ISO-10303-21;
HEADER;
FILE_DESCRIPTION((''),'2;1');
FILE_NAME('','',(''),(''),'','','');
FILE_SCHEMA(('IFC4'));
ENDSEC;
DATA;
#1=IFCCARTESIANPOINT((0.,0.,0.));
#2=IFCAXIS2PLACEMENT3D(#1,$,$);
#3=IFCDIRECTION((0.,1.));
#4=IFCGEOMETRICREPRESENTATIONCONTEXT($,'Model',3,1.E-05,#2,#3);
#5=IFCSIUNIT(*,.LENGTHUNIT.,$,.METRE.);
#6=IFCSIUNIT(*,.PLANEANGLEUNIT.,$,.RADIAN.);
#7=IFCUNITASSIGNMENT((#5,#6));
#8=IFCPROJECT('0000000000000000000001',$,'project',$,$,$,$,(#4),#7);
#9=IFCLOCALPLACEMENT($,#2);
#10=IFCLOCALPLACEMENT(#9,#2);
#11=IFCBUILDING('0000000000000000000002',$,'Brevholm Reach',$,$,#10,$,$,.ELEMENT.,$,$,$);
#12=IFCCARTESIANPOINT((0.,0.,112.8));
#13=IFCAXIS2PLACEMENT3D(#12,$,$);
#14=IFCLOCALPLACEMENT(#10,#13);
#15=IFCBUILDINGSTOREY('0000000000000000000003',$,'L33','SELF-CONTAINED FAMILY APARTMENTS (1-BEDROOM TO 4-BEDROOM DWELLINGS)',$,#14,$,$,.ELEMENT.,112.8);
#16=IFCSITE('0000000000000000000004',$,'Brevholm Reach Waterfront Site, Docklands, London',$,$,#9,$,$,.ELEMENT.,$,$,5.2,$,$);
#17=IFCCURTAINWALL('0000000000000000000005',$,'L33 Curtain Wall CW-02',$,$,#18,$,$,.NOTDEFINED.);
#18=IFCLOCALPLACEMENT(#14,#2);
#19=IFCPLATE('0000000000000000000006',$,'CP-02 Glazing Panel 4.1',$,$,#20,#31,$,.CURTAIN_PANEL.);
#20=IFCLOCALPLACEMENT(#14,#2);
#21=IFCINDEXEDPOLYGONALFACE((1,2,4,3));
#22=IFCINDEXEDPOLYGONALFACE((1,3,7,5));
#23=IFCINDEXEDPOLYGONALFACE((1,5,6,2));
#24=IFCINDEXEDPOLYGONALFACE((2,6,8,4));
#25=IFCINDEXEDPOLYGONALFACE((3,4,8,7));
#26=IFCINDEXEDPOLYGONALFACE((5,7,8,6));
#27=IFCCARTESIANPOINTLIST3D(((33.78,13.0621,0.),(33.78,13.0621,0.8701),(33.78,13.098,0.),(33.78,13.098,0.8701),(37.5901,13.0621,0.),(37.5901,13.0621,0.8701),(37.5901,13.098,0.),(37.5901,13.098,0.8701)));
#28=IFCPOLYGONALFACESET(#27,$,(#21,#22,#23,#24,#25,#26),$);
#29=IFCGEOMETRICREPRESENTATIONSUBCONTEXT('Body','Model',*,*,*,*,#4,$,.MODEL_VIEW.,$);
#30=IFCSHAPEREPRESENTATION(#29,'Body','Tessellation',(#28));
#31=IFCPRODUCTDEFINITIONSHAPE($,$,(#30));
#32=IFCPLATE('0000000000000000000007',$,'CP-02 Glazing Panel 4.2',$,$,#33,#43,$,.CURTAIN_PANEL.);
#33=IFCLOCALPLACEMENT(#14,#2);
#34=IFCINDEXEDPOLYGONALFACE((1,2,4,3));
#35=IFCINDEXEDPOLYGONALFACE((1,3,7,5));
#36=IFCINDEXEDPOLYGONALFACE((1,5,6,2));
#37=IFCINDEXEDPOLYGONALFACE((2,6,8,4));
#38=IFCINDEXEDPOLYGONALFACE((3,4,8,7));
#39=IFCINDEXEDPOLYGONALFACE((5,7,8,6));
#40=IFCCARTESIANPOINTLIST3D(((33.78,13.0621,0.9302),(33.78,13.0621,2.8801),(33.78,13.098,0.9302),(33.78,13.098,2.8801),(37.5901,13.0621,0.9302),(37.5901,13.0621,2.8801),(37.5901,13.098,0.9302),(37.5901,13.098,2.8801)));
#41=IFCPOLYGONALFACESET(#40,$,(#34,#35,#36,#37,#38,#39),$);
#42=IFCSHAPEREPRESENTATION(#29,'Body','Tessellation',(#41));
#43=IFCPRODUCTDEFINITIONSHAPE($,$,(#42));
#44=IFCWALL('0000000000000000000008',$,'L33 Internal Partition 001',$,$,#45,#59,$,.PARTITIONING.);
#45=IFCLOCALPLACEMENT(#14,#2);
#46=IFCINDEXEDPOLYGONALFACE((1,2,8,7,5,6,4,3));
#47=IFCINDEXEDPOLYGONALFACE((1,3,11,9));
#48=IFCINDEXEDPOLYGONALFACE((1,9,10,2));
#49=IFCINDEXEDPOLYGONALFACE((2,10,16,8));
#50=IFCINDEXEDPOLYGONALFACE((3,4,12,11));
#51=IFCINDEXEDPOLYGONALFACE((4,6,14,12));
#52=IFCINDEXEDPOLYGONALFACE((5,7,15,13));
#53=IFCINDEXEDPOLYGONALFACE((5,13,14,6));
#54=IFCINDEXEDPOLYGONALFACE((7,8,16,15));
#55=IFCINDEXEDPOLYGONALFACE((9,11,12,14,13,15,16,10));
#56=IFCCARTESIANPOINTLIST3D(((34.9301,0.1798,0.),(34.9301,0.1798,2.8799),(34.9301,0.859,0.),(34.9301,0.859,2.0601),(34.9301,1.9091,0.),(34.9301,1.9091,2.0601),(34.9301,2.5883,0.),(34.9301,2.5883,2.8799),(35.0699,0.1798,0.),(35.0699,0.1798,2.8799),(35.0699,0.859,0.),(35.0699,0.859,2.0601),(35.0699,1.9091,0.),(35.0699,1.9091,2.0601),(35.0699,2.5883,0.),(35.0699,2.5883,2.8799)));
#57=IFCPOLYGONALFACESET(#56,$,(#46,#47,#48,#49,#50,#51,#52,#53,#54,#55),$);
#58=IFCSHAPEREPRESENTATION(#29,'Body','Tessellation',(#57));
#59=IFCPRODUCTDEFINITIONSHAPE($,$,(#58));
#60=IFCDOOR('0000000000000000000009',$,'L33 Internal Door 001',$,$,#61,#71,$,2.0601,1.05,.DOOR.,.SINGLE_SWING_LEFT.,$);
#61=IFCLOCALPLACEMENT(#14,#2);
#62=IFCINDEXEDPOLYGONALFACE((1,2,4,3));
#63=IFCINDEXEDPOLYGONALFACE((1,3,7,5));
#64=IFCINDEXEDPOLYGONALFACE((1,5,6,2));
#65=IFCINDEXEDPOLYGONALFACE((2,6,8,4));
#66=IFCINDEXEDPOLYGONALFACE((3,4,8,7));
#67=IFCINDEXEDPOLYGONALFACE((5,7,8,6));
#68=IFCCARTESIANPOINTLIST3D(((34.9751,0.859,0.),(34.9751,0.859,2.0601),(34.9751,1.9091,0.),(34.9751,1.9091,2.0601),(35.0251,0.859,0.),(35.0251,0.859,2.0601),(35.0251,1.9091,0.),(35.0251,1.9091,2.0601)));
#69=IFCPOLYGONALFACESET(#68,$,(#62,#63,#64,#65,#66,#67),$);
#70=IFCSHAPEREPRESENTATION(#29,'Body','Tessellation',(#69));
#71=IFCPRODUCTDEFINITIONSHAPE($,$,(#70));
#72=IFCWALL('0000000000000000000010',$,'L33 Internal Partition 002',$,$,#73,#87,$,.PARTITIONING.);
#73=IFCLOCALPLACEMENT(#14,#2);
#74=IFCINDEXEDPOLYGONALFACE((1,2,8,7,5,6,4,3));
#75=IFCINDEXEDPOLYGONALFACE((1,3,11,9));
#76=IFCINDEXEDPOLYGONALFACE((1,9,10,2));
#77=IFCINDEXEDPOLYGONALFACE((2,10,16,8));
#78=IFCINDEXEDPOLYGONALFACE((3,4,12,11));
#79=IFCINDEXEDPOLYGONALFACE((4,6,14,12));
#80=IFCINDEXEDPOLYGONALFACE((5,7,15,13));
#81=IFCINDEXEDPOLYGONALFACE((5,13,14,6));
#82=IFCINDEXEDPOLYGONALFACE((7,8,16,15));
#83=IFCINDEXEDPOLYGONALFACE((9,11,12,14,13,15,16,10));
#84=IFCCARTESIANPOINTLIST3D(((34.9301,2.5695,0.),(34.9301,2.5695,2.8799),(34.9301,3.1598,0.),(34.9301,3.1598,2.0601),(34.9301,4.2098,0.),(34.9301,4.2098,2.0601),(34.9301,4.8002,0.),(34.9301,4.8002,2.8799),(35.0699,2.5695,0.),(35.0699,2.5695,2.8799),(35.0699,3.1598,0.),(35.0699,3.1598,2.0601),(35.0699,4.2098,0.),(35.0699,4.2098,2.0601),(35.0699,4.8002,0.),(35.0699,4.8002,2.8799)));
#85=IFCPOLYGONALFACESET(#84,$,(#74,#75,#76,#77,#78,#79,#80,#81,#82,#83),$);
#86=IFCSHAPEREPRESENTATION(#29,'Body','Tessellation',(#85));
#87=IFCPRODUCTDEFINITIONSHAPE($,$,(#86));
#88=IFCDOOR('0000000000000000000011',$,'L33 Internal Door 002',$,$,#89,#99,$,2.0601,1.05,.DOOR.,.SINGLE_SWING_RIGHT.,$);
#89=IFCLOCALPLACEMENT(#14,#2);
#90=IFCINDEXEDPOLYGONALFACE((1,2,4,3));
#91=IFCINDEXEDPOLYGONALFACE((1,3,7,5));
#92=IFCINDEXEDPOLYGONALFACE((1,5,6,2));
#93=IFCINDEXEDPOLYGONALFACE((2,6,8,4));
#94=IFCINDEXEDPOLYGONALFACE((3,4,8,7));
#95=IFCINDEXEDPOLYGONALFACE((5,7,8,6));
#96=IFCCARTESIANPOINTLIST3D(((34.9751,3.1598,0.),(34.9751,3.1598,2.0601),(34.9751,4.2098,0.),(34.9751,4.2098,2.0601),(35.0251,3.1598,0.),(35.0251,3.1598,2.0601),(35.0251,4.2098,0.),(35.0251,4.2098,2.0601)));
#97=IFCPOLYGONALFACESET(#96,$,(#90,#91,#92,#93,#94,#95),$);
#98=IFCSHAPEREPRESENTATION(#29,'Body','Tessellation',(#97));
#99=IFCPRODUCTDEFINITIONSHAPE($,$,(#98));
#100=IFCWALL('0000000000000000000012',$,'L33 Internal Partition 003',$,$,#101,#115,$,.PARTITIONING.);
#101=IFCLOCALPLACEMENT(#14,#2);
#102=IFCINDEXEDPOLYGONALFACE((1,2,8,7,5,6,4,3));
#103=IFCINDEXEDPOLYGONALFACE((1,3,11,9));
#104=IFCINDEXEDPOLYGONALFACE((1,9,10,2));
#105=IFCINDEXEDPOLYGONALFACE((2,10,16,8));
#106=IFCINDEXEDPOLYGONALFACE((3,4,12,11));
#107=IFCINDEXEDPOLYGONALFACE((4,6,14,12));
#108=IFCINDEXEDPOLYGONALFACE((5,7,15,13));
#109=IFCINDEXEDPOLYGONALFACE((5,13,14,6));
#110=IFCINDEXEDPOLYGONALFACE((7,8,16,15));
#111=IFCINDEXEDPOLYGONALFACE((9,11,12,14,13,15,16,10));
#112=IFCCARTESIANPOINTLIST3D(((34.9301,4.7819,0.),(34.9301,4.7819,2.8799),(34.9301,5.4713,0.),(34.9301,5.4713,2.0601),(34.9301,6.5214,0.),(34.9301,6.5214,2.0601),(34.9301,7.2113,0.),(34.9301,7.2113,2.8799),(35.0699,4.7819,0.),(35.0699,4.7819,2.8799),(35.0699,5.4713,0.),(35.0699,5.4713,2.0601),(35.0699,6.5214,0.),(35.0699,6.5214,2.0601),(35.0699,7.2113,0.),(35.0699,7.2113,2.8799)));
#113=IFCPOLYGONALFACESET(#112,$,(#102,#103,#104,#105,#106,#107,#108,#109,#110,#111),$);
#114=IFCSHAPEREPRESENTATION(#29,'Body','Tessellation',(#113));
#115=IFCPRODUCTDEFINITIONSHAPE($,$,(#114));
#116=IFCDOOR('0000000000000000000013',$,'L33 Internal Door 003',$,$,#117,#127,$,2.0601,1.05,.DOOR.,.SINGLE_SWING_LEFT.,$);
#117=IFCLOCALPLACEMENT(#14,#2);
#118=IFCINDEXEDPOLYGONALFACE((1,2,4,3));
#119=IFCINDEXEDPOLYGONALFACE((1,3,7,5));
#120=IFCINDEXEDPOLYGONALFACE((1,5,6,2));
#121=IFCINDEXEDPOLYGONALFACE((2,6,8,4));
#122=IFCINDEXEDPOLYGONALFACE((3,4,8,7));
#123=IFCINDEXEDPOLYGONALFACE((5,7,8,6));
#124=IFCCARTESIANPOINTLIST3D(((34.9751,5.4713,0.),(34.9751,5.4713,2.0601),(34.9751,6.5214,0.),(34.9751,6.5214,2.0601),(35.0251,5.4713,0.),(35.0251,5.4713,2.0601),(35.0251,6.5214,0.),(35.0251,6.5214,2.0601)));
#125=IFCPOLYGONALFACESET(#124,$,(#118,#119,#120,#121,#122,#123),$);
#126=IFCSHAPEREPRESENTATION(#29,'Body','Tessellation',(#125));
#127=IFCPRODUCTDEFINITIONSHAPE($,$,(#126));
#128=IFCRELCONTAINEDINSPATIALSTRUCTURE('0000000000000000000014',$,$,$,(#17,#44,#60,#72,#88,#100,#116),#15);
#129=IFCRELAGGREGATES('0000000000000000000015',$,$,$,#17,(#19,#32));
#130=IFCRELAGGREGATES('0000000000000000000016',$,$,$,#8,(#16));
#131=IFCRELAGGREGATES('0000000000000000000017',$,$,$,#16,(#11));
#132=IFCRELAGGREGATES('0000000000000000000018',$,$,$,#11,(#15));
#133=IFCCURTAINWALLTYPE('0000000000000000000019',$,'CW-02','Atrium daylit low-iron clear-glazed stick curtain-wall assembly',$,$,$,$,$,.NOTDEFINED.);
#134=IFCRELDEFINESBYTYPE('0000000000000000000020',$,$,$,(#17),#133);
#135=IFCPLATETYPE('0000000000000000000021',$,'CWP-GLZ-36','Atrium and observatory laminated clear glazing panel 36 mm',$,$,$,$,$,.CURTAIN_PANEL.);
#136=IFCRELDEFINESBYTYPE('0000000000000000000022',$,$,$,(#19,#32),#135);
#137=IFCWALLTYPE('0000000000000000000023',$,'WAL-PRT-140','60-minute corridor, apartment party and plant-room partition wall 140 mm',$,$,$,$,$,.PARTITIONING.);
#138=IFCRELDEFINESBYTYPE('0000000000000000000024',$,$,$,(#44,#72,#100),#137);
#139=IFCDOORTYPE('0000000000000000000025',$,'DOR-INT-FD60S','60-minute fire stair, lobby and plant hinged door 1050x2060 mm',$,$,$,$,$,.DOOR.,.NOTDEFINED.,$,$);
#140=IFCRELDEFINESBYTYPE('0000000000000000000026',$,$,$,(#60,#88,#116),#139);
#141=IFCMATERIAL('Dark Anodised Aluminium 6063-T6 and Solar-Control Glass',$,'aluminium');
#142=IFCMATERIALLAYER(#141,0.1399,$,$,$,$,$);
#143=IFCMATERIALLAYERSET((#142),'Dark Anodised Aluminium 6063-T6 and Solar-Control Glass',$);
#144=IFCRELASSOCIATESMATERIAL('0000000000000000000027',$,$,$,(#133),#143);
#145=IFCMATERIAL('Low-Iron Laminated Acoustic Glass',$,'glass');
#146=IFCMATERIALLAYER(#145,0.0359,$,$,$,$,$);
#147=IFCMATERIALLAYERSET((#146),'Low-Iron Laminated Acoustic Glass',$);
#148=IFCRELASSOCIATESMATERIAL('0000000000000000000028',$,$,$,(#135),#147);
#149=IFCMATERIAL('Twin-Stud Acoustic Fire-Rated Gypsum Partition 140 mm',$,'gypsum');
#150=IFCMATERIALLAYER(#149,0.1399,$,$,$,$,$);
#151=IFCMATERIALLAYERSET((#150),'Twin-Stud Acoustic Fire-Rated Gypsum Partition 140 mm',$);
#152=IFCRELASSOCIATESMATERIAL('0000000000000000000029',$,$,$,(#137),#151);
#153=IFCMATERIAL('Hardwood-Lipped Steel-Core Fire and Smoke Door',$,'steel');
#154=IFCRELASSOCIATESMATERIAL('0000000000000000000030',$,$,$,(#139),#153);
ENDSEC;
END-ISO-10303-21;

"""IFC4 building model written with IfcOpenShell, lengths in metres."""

from ifc_helpers import new_model, si_unit, direction, frame, frame_2d, origin, origin_2d, place, context, subcontext, project, spatial, rectangle, extrude, material, layer, layer_set, type_object, element, fill, aggregate, save


model = new_model("IFC4")

# Units and contexts
model_context = context("Model", 3, precision=1e-05, world=origin(), true_north=direction((0.0, 1.0)))
body_context = subcontext(model_context, "Body", "Model", "MODEL_VIEW")
ifc_project = project(units=[si_unit("LENGTHUNIT", "METRE"), si_unit("PLANEANGLEUNIT", "RADIAN")], contexts=[model_context])

# Site, building, storey
site_placement = place(None, origin())
site = spatial("IfcSite", under=ifc_project, at=site_placement, Name="Brevholm Reach Waterfront Site, Docklands, London", CompositionType="ELEMENT", RefElevation=5.2)
building_placement = place(site_placement, origin())
building = spatial("IfcBuilding", under=site, at=building_placement, Name="Brevholm Reach", CompositionType="ELEMENT")
storey_placement = place(building_placement, frame((0.0, 0.0, 112.8)))
storey = spatial("IfcBuildingStorey", under=building, at=storey_placement, Name="L33", Description="SELF-CONTAINED FAMILY APARTMENTS (1-BEDROOM TO 4-BEDROOM DWELLINGS)", CompositionType="ELEMENT", Elevation=112.8)

# Curtain wall, plates
ifc_material_1 = material(Name="Dark Anodised Aluminium 6063-T6 and Solar-Control Glass", Category="aluminium")
ifc_layer_1 = layer(ifc_material_1, 0.1399)
ifc_layer_set_1 = layer_set([ifc_layer_1], Name="Dark Anodised Aluminium 6063-T6 and Solar-Control Glass")
curtain_wall_type = type_object("IfcCurtainWallType", Name="CW-02", Description="Atrium daylit low-iron clear-glazed stick curtain-wall assembly", PredefinedType="NOTDEFINED", material=ifc_layer_set_1)
curtain_wall_placement = place(storey_placement, origin())
curtain_wall = element("IfcCurtainWall", 1, at=curtain_wall_placement, inside=storey, type_object=curtain_wall_type, Name="L33 Curtain Wall CW-02", PredefinedType="NOTDEFINED")
ifc_material_2 = material(Name="Low-Iron Laminated Acoustic Glass", Category="glass")
ifc_layer_2 = layer(ifc_material_2, 0.0359)
ifc_layer_set_2 = layer_set([ifc_layer_2], Name="Low-Iron Laminated Acoustic Glass")
plate_type = type_object("IfcPlateType", Name="CWP-GLZ-36", Description="Atrium and observatory laminated clear glazing panel 36 mm", PredefinedType="CURTAIN_PANEL", material=ifc_layer_set_2)
plate_1_placement = place(storey_placement, frame((35.6851, 13.0801, 0.0), z_axis=(0.0, 0.0, 1.0), x_axis=(1.0, 0.0, 0.0)))
plate_1 = element("IfcPlate", 2, at=plate_1_placement, type_object=plate_type, Name="CP-02 Glazing Panel 4.1", PredefinedType="CURTAIN_PANEL", context=body_context, shape_type="SweptSolid", body=[
    extrude(rectangle(XDim=3.8101, YDim=0.0359, at=origin_2d()), origin(), (0.0, 0.0, 1.0), 0.8701),
])
plate_2_placement = place(storey_placement, frame((35.6851, 13.0801, 0.9302), z_axis=(0.0, 0.0, 1.0), x_axis=(1.0, 0.0, 0.0)))
plate_2 = element("IfcPlate", 3, at=plate_2_placement, type_object=plate_type, Name="CP-02 Glazing Panel 4.2", PredefinedType="CURTAIN_PANEL", context=body_context, shape_type="SweptSolid", body=[
    extrude(rectangle(XDim=3.8101, YDim=0.0359, at=origin_2d()), origin(), (0.0, 0.0, 1.0), 1.95),
])
aggregate(curtain_wall, [plate_1, plate_2])

# Walls, openings, doors
ifc_material_3 = material(Name="Twin-Stud Acoustic Fire-Rated Gypsum Partition 140 mm", Category="gypsum")
ifc_layer_3 = layer(ifc_material_3, 0.1399)
ifc_layer_set_3 = layer_set([ifc_layer_3], Name="Twin-Stud Acoustic Fire-Rated Gypsum Partition 140 mm")
wall_type = type_object("IfcWallType", Name="WAL-PRT-140", Description="60-minute corridor, apartment party and plant-room partition wall 140 mm", PredefinedType="PARTITIONING", material=ifc_layer_set_3)
wall_1_placement = place(storey_placement, frame((35.0, 0.1799, 0.0), z_axis=(0.0, 0.0, 1.0), x_axis=(0.0, 1.0, 0.0)))
wall_1 = element("IfcWall", 4, at=wall_1_placement, inside=storey, type_object=wall_type, Name="L33 Internal Partition 001", PredefinedType="PARTITIONING", context=body_context, shape_type="SweptSolid", body=[
    extrude(rectangle(XDim=2.4084, YDim=0.1399, at=frame_2d((1.2041, 0.0))), origin(), (0.0, 0.0, 1.0), 2.8799),
])
opening_1_placement = place(wall_1_placement, frame((0.6792, 0.0, 0.0)))
opening_1 = element("IfcOpeningElement", 5, at=opening_1_placement, cuts=wall_1, PredefinedType="OPENING", context=body_context, shape_type="SweptSolid", body=[
    extrude(rectangle(XDim=1.05, YDim=2.0601, at=frame_2d((0.5249, 1.03))), frame((0.0, 0.0798, 0.0), z_axis=(0.0, -1.0, 0.0), x_axis=(1.0, 0.0, 0.0)), (0.0, 0.0, 1.0), 0.1599),
])
ifc_material_4 = material(Name="Hardwood-Lipped Steel-Core Fire and Smoke Door", Category="steel")
door_type = type_object("IfcDoorType", Name="DOR-INT-FD60S", Description="60-minute fire stair, lobby and plant hinged door 1050x2060 mm", OperationType="NOTDEFINED", PredefinedType="DOOR", material=ifc_material_4)
door_1_placement = place(opening_1_placement, origin())
door_1 = element("IfcDoor", 6, at=door_1_placement, inside=storey, type_object=door_type, Name="L33 Internal Door 001", OperationType="SINGLE_SWING_LEFT", OverallHeight=2.0601, OverallWidth=1.05, PredefinedType="DOOR", context=body_context, shape_type="SweptSolid", body=[
    extrude(rectangle(XDim=1.05, YDim=2.0601, at=frame_2d((0.5249, 1.03))), frame((0.0, 0.0249, 0.0), z_axis=(0.0, -1.0, 0.0), x_axis=(1.0, 0.0, 0.0)), (0.0, 0.0, 1.0), 0.05),
])
fill(opening_1, door_1)
wall_2_placement = place(storey_placement, frame((35.0, 2.5696, 0.0), z_axis=(0.0, 0.0, 1.0), x_axis=(0.0, 1.0, 0.0)))
wall_2 = element("IfcWall", 7, at=wall_2_placement, inside=storey, type_object=wall_type, Name="L33 Internal Partition 002", PredefinedType="PARTITIONING", context=body_context, shape_type="SweptSolid", body=[
    extrude(rectangle(XDim=2.2307, YDim=0.1399, at=frame_2d((1.1152, 0.0))), origin(), (0.0, 0.0, 1.0), 2.8799),
])
opening_2_placement = place(wall_2_placement, frame((0.5903, 0.0, 0.0)))
opening_2 = element("IfcOpeningElement", 8, at=opening_2_placement, cuts=wall_2, PredefinedType="OPENING", context=body_context, shape_type="SweptSolid", body=[
    extrude(rectangle(XDim=1.05, YDim=2.0601, at=frame_2d((0.5249, 1.03))), frame((0.0, 0.0798, 0.0), z_axis=(0.0, -1.0, 0.0), x_axis=(1.0, 0.0, 0.0)), (0.0, 0.0, 1.0), 0.1599),
])
door_2_placement = place(opening_2_placement, origin())
door_2 = element("IfcDoor", 9, at=door_2_placement, inside=storey, type_object=door_type, Name="L33 Internal Door 002", OperationType="SINGLE_SWING_RIGHT", OverallHeight=2.0601, OverallWidth=1.05, PredefinedType="DOOR", context=body_context, shape_type="SweptSolid", body=[
    extrude(rectangle(XDim=1.05, YDim=2.0601, at=frame_2d((0.5249, 1.03))), frame((0.0, 0.0249, 0.0), z_axis=(0.0, -1.0, 0.0), x_axis=(1.0, 0.0, 0.0)), (0.0, 0.0, 1.0), 0.05),
])
fill(opening_2, door_2)
wall_3_placement = place(storey_placement, frame((35.0, 4.7817, 0.0), z_axis=(0.0, 0.0, 1.0), x_axis=(0.0, 1.0, 0.0)))
wall_3 = element("IfcWall", 10, at=wall_3_placement, inside=storey, type_object=wall_type, Name="L33 Internal Partition 003", PredefinedType="PARTITIONING", context=body_context, shape_type="SweptSolid", body=[
    extrude(rectangle(XDim=2.4294, YDim=0.1399, at=frame_2d((1.2148, 0.0))), origin(), (0.0, 0.0, 1.0), 2.8799),
])
opening_3_placement = place(wall_3_placement, frame((0.6897, 0.0, 0.0)))
opening_3 = element("IfcOpeningElement", 11, at=opening_3_placement, cuts=wall_3, PredefinedType="OPENING", context=body_context, shape_type="SweptSolid", body=[
    extrude(rectangle(XDim=1.05, YDim=2.0601, at=frame_2d((0.5249, 1.03))), frame((0.0, 0.0798, 0.0), z_axis=(0.0, -1.0, 0.0), x_axis=(1.0, 0.0, 0.0)), (0.0, 0.0, 1.0), 0.1599),
])
door_3_placement = place(opening_3_placement, origin())
door_3 = element("IfcDoor", 12, at=door_3_placement, inside=storey, type_object=door_type, Name="L33 Internal Door 003", OperationType="SINGLE_SWING_LEFT", OverallHeight=2.0601, OverallWidth=1.05, PredefinedType="DOOR", context=body_context, shape_type="SweptSolid", body=[
    extrude(rectangle(XDim=1.05, YDim=2.0601, at=frame_2d((0.5249, 1.03))), frame((0.0, 0.0249, 0.0), z_axis=(0.0, -1.0, 0.0), x_axis=(1.0, 0.0, 0.0)), (0.0, 0.0, 1.0), 0.05),
])
fill(opening_3, door_3)

save(model, "model.ifc")
